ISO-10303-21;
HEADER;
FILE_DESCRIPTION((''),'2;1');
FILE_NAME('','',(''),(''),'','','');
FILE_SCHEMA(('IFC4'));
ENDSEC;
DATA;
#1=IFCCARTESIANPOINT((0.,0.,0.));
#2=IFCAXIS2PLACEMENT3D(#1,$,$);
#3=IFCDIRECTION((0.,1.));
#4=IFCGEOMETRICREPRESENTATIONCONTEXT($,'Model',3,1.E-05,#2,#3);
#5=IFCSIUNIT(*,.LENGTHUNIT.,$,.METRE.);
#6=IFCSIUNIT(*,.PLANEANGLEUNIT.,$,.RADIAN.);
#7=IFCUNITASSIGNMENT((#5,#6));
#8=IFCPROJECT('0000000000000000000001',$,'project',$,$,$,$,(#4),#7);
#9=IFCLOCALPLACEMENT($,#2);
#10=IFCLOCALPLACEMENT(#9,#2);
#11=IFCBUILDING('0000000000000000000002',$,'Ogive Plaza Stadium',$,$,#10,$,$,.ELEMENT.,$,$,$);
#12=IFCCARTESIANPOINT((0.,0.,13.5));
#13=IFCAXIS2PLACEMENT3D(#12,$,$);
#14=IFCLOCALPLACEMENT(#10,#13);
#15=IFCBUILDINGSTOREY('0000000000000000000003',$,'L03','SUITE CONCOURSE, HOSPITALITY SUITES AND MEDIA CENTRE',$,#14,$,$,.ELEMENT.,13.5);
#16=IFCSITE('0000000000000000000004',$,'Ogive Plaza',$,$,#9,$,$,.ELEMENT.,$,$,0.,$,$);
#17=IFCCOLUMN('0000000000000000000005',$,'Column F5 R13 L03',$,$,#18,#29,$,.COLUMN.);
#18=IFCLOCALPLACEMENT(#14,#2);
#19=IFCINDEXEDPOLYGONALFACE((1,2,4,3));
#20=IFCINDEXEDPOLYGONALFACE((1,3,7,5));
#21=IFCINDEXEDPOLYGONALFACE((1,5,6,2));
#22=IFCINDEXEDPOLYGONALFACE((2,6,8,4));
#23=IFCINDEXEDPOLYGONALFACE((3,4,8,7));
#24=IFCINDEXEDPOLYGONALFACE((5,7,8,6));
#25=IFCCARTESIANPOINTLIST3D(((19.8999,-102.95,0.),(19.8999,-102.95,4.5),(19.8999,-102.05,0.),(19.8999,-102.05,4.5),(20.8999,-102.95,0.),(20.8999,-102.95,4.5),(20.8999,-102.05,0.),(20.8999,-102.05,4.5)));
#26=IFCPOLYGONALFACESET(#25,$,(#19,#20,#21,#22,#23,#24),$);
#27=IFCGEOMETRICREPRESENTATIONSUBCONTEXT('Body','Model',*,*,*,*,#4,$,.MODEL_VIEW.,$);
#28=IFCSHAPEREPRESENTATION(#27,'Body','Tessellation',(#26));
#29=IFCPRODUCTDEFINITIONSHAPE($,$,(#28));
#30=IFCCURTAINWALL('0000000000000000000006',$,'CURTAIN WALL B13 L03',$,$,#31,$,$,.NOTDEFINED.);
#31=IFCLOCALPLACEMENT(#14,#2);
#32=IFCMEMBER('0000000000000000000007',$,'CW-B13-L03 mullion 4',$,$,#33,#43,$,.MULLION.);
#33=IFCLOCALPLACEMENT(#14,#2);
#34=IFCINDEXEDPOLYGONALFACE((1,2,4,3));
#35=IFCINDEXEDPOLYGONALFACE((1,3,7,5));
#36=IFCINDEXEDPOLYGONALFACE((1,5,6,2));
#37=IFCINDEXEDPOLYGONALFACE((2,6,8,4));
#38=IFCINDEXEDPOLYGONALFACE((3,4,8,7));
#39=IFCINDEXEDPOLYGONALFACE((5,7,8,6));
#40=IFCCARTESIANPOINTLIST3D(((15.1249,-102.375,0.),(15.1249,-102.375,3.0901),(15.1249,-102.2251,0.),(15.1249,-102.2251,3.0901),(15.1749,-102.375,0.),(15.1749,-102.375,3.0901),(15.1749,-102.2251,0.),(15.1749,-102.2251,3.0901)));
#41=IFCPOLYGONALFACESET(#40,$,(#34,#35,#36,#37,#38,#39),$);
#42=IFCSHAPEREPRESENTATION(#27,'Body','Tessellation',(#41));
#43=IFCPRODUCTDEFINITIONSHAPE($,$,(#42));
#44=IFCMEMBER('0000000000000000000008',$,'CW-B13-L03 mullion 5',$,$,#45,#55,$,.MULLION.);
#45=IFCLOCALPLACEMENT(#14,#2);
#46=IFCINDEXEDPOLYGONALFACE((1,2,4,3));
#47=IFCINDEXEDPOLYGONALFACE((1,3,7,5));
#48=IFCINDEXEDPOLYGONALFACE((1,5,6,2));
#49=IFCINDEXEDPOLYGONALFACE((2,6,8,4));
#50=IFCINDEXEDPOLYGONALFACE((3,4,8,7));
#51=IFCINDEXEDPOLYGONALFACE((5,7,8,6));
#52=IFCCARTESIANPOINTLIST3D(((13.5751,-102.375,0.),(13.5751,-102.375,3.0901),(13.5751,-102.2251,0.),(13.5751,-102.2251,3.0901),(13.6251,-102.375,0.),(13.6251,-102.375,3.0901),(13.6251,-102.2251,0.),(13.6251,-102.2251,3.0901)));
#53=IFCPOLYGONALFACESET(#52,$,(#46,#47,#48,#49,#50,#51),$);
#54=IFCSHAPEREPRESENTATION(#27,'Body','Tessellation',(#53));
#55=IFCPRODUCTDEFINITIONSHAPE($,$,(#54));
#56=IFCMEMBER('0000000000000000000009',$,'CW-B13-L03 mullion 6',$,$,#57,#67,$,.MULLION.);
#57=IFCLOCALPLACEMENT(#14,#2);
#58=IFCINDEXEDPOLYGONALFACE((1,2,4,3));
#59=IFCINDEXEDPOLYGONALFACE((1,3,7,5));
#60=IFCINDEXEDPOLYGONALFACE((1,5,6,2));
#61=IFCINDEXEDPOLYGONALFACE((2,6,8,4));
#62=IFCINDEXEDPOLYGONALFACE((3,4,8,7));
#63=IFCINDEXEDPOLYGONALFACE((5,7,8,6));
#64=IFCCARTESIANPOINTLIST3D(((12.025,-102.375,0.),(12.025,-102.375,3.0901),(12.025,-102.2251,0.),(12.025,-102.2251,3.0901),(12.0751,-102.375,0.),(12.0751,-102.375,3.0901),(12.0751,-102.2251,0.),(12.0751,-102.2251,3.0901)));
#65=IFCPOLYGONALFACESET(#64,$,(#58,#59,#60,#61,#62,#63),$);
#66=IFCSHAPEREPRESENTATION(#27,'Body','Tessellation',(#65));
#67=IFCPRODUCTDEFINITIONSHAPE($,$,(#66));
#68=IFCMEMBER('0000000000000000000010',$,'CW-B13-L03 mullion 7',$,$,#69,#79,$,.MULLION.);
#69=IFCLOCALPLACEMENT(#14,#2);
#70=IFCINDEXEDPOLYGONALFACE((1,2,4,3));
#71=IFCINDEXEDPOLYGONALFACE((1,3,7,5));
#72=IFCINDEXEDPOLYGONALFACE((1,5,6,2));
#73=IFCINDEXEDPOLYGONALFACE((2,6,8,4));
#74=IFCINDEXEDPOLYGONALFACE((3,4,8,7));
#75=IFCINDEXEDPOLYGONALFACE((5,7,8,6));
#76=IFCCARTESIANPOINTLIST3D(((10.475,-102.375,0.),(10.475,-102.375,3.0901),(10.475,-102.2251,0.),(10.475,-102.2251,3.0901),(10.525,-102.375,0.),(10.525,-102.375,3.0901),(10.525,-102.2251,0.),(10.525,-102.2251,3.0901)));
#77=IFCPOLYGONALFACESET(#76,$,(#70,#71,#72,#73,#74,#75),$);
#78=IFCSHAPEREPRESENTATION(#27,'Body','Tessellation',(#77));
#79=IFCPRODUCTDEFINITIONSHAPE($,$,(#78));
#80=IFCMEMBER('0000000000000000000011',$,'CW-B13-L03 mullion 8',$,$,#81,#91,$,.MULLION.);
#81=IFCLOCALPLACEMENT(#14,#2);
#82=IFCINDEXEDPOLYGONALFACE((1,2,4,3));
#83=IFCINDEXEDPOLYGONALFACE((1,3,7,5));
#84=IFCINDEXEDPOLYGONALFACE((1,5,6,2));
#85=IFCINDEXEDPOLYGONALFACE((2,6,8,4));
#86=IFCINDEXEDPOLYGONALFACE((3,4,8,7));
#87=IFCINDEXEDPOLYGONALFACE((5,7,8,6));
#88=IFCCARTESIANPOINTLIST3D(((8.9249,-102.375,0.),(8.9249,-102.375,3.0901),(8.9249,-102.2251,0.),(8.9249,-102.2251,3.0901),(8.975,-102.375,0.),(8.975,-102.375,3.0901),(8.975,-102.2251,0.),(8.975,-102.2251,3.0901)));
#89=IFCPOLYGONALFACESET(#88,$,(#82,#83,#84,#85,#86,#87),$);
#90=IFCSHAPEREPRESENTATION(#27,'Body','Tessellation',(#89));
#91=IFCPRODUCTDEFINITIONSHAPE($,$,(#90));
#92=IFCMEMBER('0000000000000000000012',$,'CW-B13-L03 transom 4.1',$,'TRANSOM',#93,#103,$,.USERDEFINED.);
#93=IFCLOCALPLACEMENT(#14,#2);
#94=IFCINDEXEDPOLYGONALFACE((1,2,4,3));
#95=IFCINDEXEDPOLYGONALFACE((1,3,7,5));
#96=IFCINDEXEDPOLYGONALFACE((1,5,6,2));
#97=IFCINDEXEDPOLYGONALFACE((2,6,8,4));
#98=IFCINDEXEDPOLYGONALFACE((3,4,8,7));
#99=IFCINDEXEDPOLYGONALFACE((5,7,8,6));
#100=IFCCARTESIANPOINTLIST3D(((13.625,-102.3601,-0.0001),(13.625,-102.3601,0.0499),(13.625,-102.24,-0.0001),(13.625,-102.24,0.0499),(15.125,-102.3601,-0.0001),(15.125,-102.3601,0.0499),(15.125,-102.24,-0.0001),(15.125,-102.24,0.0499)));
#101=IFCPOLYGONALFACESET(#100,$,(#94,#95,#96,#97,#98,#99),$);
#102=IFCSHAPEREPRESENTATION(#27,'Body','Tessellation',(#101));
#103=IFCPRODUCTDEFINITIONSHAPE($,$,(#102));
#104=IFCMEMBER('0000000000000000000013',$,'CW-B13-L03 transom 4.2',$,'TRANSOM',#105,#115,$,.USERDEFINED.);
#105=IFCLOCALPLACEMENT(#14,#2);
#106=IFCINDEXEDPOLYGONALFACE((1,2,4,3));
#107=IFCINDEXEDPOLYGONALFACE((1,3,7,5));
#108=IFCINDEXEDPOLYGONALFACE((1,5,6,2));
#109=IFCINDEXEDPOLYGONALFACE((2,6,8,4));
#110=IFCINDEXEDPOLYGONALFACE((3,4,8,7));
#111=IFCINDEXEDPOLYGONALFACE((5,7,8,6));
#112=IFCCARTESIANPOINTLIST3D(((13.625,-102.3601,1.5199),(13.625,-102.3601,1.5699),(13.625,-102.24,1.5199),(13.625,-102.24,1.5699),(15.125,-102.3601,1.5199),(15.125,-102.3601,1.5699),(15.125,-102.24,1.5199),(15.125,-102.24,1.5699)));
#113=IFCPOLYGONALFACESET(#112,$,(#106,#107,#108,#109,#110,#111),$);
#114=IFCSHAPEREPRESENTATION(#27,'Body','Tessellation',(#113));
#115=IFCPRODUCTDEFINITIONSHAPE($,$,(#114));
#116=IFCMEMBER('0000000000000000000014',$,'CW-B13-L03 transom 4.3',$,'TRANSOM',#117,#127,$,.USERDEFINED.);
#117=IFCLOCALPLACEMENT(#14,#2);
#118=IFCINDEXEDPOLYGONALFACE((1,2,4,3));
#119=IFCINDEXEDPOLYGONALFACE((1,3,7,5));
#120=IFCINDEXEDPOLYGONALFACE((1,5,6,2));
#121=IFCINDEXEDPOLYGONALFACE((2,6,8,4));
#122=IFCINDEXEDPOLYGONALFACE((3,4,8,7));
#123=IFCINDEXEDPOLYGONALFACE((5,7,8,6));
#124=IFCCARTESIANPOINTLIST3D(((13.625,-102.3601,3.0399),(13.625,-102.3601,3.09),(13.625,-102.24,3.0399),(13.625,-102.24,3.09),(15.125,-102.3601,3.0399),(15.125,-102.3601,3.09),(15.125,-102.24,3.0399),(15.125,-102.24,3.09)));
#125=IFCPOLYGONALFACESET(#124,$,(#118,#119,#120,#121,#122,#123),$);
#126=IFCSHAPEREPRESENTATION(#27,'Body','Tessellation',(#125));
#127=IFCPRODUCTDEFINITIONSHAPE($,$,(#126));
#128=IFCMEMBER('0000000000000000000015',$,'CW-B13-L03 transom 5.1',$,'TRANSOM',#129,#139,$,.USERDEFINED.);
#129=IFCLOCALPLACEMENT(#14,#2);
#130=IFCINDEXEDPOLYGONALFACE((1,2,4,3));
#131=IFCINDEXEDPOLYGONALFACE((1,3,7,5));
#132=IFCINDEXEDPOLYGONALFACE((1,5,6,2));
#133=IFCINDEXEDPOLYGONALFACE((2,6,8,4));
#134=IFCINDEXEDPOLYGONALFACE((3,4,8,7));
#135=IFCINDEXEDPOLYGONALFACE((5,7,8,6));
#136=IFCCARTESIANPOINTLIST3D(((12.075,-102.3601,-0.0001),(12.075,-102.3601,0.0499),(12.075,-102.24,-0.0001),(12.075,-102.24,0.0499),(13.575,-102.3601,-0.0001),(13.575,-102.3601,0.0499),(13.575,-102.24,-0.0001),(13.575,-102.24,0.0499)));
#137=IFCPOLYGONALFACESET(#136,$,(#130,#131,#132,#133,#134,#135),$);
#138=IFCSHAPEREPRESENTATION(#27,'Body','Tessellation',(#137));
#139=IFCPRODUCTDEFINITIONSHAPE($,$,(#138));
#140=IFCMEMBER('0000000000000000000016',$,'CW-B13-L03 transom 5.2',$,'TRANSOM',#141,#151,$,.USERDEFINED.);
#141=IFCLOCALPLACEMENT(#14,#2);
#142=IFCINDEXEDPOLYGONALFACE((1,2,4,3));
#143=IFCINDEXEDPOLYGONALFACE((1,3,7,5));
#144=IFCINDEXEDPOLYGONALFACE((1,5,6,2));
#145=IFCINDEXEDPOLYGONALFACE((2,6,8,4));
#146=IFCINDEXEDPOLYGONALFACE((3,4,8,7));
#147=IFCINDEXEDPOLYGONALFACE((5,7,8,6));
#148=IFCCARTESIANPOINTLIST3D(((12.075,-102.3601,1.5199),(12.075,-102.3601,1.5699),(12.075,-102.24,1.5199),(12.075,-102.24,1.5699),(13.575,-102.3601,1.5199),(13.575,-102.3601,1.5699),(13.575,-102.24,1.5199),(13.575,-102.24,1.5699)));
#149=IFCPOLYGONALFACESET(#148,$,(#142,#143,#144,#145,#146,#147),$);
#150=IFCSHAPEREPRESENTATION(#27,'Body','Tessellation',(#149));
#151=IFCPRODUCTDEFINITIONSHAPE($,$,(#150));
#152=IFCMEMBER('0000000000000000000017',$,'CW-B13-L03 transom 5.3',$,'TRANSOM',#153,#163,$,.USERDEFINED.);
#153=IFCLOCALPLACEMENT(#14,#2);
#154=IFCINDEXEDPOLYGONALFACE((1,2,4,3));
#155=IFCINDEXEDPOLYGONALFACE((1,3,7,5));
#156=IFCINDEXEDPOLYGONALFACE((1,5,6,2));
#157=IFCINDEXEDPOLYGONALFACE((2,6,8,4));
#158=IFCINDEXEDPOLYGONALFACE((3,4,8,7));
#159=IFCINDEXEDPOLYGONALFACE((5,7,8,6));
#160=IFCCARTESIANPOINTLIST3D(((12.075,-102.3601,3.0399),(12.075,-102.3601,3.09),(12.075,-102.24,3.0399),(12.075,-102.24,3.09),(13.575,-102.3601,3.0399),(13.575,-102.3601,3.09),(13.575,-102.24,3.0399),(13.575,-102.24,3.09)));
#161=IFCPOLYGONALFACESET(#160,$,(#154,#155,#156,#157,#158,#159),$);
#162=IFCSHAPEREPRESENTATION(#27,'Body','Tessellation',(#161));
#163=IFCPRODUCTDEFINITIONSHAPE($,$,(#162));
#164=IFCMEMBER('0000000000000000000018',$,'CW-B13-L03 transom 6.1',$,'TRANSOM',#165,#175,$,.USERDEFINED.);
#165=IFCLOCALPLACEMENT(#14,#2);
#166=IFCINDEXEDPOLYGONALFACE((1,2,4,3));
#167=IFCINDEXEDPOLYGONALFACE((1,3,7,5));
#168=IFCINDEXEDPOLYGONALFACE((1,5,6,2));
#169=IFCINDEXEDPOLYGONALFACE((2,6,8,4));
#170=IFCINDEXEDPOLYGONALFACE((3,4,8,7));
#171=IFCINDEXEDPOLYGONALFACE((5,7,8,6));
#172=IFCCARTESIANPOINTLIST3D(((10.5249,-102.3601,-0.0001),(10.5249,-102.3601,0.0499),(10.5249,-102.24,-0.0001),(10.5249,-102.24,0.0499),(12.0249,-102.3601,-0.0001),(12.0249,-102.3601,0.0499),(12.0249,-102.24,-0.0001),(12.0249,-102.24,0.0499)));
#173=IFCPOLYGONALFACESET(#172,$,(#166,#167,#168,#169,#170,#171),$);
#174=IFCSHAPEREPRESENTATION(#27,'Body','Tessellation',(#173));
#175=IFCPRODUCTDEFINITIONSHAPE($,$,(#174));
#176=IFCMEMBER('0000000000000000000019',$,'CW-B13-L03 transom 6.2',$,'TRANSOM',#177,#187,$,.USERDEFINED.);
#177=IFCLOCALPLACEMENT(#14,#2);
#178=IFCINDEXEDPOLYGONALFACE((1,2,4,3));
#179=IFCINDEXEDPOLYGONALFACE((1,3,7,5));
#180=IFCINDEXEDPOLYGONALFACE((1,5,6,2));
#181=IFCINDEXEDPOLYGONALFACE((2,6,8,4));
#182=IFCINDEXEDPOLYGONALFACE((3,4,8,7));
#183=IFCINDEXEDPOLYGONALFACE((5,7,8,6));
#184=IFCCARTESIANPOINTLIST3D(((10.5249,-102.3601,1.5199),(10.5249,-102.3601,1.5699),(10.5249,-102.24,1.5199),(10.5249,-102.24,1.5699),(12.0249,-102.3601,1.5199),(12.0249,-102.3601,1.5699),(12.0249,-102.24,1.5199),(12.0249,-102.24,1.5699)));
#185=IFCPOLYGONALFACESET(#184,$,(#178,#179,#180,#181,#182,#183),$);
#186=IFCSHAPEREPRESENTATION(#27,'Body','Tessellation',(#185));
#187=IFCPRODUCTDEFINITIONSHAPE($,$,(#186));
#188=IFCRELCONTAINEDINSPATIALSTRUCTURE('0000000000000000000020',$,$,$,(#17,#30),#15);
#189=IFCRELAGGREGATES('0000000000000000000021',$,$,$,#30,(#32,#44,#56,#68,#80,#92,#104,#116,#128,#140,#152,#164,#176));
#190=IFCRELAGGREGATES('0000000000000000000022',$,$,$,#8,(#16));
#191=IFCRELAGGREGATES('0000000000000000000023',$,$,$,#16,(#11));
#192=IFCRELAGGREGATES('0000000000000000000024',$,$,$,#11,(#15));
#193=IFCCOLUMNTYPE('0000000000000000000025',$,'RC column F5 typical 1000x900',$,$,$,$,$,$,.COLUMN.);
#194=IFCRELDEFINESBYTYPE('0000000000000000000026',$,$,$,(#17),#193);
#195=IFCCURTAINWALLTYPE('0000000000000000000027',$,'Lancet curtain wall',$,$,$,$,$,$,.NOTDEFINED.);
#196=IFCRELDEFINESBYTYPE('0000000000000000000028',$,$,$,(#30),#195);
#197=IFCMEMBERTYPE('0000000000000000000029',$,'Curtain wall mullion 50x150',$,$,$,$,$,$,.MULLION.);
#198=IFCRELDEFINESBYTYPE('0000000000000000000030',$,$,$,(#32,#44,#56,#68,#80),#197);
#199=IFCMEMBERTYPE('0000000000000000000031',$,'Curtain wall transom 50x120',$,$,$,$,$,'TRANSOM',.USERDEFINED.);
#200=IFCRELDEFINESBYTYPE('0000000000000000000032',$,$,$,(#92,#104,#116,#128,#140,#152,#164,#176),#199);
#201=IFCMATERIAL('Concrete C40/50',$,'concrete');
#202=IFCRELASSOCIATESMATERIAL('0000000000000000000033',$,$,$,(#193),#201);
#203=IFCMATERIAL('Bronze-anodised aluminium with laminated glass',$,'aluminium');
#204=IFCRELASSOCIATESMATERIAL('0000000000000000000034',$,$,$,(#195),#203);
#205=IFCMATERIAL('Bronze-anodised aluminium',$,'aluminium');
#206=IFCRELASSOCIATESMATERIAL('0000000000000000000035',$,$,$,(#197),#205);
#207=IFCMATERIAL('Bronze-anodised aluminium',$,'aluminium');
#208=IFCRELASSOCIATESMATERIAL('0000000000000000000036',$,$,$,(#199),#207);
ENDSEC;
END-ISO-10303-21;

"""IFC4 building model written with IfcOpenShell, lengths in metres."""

from ifc_helpers import new_model, si_unit, direction, frame, origin, origin_2d, place, context, subcontext, project, spatial, rectangle, extrude, material, material_profile, profile_set, type_object, element, aggregate, save


model = new_model("IFC4")

# Units and contexts
model_context = context("Model", 3, precision=1e-05, world=origin(), true_north=direction((0.0, 1.0)))
body_context = subcontext(model_context, "Body", "Model", "MODEL_VIEW")
ifc_project = project(units=[si_unit("LENGTHUNIT", "METRE"), si_unit("PLANEANGLEUNIT", "RADIAN")], contexts=[model_context])

# Site, building, storey
site_placement = place(None, origin())
site = spatial("IfcSite", under=ifc_project, at=site_placement, Name="Ogive Plaza", CompositionType="ELEMENT", RefElevation=0.0)
building_placement = place(site_placement, origin())
building = spatial("IfcBuilding", under=site, at=building_placement, Name="Ogive Plaza Stadium", CompositionType="ELEMENT")
storey_placement = place(building_placement, frame((0.0, 0.0, 13.5)))
storey = spatial("IfcBuildingStorey", under=building, at=storey_placement, Name="L03", Description="SUITE CONCOURSE, HOSPITALITY SUITES AND MEDIA CENTRE", CompositionType="ELEMENT", Elevation=13.5)

# Column
ifc_material_1 = material(Name="Concrete C40/50", Category="concrete")
ifc_material_profile_1 = material_profile(ifc_material_1, rectangle(XDim=1.0, YDim=0.8999, at=origin_2d()), Name="RC 1000x900")
ifc_profile_set_1 = profile_set([ifc_material_profile_1], Name="Concrete C40/50")
column_type = type_object("IfcColumnType", Name="RC column F5 typical 1000x900", PredefinedType="COLUMN", material=ifc_profile_set_1)
column_placement = place(storey_placement, frame((20.3999, -102.5, 0.0), z_axis=(0.0, 0.0, 1.0), x_axis=(1.0, 0.0, 0.0)))
element("IfcColumn", 1, at=column_placement, inside=storey, type_object=column_type, Name="Column F5 R13 L03", PredefinedType="COLUMN", context=body_context, shape_type="SweptSolid", body=[
    extrude(rectangle(XDim=1.0, YDim=0.8999, at=origin_2d()), origin(), (0.0, 0.0, 1.0), 4.5),
])

# Curtain wall, members
ifc_material_2 = material(Name="Bronze-anodised aluminium with laminated glass", Category="aluminium")
curtain_wall_type = type_object("IfcCurtainWallType", Name="Lancet curtain wall", PredefinedType="NOTDEFINED", material=ifc_material_2)
curtain_wall_placement = place(storey_placement, origin())
curtain_wall = element("IfcCurtainWall", 2, at=curtain_wall_placement, inside=storey, type_object=curtain_wall_type, Name="CURTAIN WALL B13 L03", PredefinedType="NOTDEFINED")
ifc_material_3 = material(Name="Bronze-anodised aluminium", Category="aluminium")
ifc_material_profile_2 = material_profile(ifc_material_3, rectangle(XDim=0.1499, YDim=0.05, at=origin_2d()), Name="AL 150x50")
ifc_profile_set_2 = profile_set([ifc_material_profile_2], Name="Bronze-anodised aluminium")
member_type_1 = type_object("IfcMemberType", Name="Curtain wall mullion 50x150", PredefinedType="MULLION", material=ifc_profile_set_2)
member_1_placement = place(storey_placement, frame((15.1499, -102.3, 0.0), z_axis=(0.0, 0.0, 1.0), x_axis=(0.0, -1.0, 0.0)))
member_1 = element("IfcMember", 3, at=member_1_placement, type_object=member_type_1, Name="CW-B13-L03 mullion 4", PredefinedType="MULLION", context=body_context, shape_type="SweptSolid", body=[
    extrude(rectangle(XDim=0.1499, YDim=0.05, at=origin_2d()), origin(), (0.0, 0.0, 1.0), 3.0901),
])
member_2_placement = place(storey_placement, frame((13.6001, -102.3, 0.0), z_axis=(0.0, 0.0, 1.0), x_axis=(0.0, -1.0, 0.0)))
member_2 = element("IfcMember", 4, at=member_2_placement, type_object=member_type_1, Name="CW-B13-L03 mullion 5", PredefinedType="MULLION", context=body_context, shape_type="SweptSolid", body=[
    extrude(rectangle(XDim=0.1499, YDim=0.05, at=origin_2d()), origin(), (0.0, 0.0, 1.0), 3.0901),
])
member_3_placement = place(storey_placement, frame((12.05, -102.3, 0.0), z_axis=(0.0, 0.0, 1.0), x_axis=(0.0, -1.0, 0.0)))
member_3 = element("IfcMember", 5, at=member_3_placement, type_object=member_type_1, Name="CW-B13-L03 mullion 6", PredefinedType="MULLION", context=body_context, shape_type="SweptSolid", body=[
    extrude(rectangle(XDim=0.1499, YDim=0.05, at=origin_2d()), origin(), (0.0, 0.0, 1.0), 3.0901),
])
member_4_placement = place(storey_placement, frame((10.5, -102.3, 0.0), z_axis=(0.0, 0.0, 1.0), x_axis=(0.0, -1.0, 0.0)))
member_4 = element("IfcMember", 6, at=member_4_placement, type_object=member_type_1, Name="CW-B13-L03 mullion 7", PredefinedType="MULLION", context=body_context, shape_type="SweptSolid", body=[
    extrude(rectangle(XDim=0.1499, YDim=0.05, at=origin_2d()), origin(), (0.0, 0.0, 1.0), 3.0901),
])
member_5_placement = place(storey_placement, frame((8.95, -102.3, 0.0), z_axis=(0.0, 0.0, 1.0), x_axis=(0.0, -1.0, 0.0)))
member_5 = element("IfcMember", 7, at=member_5_placement, type_object=member_type_1, Name="CW-B13-L03 mullion 8", PredefinedType="MULLION", context=body_context, shape_type="SweptSolid", body=[
    extrude(rectangle(XDim=0.1499, YDim=0.05, at=origin_2d()), origin(), (0.0, 0.0, 1.0), 3.0901),
])
ifc_material_4 = material(Name="Bronze-anodised aluminium", Category="aluminium")
ifc_material_profile_3 = material_profile(ifc_material_4, rectangle(XDim=0.1201, YDim=0.05, at=origin_2d()), Name="AL 120x50")
ifc_profile_set_3 = profile_set([ifc_material_profile_3], Name="Bronze-anodised aluminium")
member_type_2 = type_object("IfcMemberType", Name="Curtain wall transom 50x120", ElementType="TRANSOM", PredefinedType="USERDEFINED", material=ifc_profile_set_3)
member_6_placement = place(storey_placement, frame((15.125, -102.3, 0.0249), z_axis=(-1.0, 0.0, 0.0), x_axis=(0.0, -1.0, 0.0)))
member_6 = element("IfcMember", 8, at=member_6_placement, type_object=member_type_2, Name="CW-B13-L03 transom 4.1", ObjectType="TRANSOM", PredefinedType="USERDEFINED", context=body_context, shape_type="SweptSolid", body=[
    extrude(rectangle(XDim=0.1201, YDim=0.05, at=origin_2d()), origin(), (0.0, 0.0, 1.0), 1.5),
])
member_7_placement = place(storey_placement, frame((15.125, -102.3, 1.5449), z_axis=(-1.0, 0.0, 0.0), x_axis=(0.0, -1.0, 0.0)))
member_7 = element("IfcMember", 9, at=member_7_placement, type_object=member_type_2, Name="CW-B13-L03 transom 4.2", ObjectType="TRANSOM", PredefinedType="USERDEFINED", context=body_context, shape_type="SweptSolid", body=[
    extrude(rectangle(XDim=0.1201, YDim=0.05, at=origin_2d()), origin(), (0.0, 0.0, 1.0), 1.5),
])
member_8_placement = place(storey_placement, frame((15.125, -102.3, 3.0649), z_axis=(-1.0, 0.0, 0.0), x_axis=(0.0, -1.0, 0.0)))
member_8 = element("IfcMember", 10, at=member_8_placement, type_object=member_type_2, Name="CW-B13-L03 transom 4.3", ObjectType="TRANSOM", PredefinedType="USERDEFINED", context=body_context, shape_type="SweptSolid", body=[
    extrude(rectangle(XDim=0.1201, YDim=0.05, at=origin_2d()), origin(), (0.0, 0.0, 1.0), 1.5),
])
member_9_placement = place(storey_placement, frame((13.575, -102.3, 0.0249), z_axis=(-1.0, 0.0, 0.0), x_axis=(0.0, -1.0, 0.0)))
member_9 = element("IfcMember", 11, at=member_9_placement, type_object=member_type_2, Name="CW-B13-L03 transom 5.1", ObjectType="TRANSOM", PredefinedType="USERDEFINED", context=body_context, shape_type="SweptSolid", body=[
    extrude(rectangle(XDim=0.1201, YDim=0.05, at=origin_2d()), origin(), (0.0, 0.0, 1.0), 1.5),
])
member_10_placement = place(storey_placement, frame((13.575, -102.3, 1.5449), z_axis=(-1.0, 0.0, 0.0), x_axis=(0.0, -1.0, 0.0)))
member_10 = element("IfcMember", 12, at=member_10_placement, type_object=member_type_2, Name="CW-B13-L03 transom 5.2", ObjectType="TRANSOM", PredefinedType="USERDEFINED", context=body_context, shape_type="SweptSolid", body=[
    extrude(rectangle(XDim=0.1201, YDim=0.05, at=origin_2d()), origin(), (0.0, 0.0, 1.0), 1.5),
])
member_11_placement = place(storey_placement, frame((13.575, -102.3, 3.0649), z_axis=(-1.0, 0.0, 0.0), x_axis=(0.0, -1.0, 0.0)))
member_11 = element("IfcMember", 13, at=member_11_placement, type_object=member_type_2, Name="CW-B13-L03 transom 5.3", ObjectType="TRANSOM", PredefinedType="USERDEFINED", context=body_context, shape_type="SweptSolid", body=[
    extrude(rectangle(XDim=0.1201, YDim=0.05, at=origin_2d()), origin(), (0.0, 0.0, 1.0), 1.5),
])
member_12_placement = place(storey_placement, frame((12.0249, -102.3, 0.0249), z_axis=(-1.0, 0.0, 0.0), x_axis=(0.0, -1.0, 0.0)))
member_12 = element("IfcMember", 14, at=member_12_placement, type_object=member_type_2, Name="CW-B13-L03 transom 6.1", ObjectType="TRANSOM", PredefinedType="USERDEFINED", context=body_context, shape_type="SweptSolid", body=[
    extrude(rectangle(XDim=0.1201, YDim=0.05, at=origin_2d()), origin(), (0.0, 0.0, 1.0), 1.5),
])
member_13_placement = place(storey_placement, frame((12.0249, -102.3, 1.5449), z_axis=(-1.0, 0.0, 0.0), x_axis=(0.0, -1.0, 0.0)))
member_13 = element("IfcMember", 15, at=member_13_placement, type_object=member_type_2, Name="CW-B13-L03 transom 6.2", ObjectType="TRANSOM", PredefinedType="USERDEFINED", context=body_context, shape_type="SweptSolid", body=[
    extrude(rectangle(XDim=0.1201, YDim=0.05, at=origin_2d()), origin(), (0.0, 0.0, 1.0), 1.5),
])

aggregate(curtain_wall, [member_1, member_2, member_3, member_4, member_5, member_6, member_7, member_8, member_9, member_10, member_11, member_12, member_13])

save(model, "model.ifc")
